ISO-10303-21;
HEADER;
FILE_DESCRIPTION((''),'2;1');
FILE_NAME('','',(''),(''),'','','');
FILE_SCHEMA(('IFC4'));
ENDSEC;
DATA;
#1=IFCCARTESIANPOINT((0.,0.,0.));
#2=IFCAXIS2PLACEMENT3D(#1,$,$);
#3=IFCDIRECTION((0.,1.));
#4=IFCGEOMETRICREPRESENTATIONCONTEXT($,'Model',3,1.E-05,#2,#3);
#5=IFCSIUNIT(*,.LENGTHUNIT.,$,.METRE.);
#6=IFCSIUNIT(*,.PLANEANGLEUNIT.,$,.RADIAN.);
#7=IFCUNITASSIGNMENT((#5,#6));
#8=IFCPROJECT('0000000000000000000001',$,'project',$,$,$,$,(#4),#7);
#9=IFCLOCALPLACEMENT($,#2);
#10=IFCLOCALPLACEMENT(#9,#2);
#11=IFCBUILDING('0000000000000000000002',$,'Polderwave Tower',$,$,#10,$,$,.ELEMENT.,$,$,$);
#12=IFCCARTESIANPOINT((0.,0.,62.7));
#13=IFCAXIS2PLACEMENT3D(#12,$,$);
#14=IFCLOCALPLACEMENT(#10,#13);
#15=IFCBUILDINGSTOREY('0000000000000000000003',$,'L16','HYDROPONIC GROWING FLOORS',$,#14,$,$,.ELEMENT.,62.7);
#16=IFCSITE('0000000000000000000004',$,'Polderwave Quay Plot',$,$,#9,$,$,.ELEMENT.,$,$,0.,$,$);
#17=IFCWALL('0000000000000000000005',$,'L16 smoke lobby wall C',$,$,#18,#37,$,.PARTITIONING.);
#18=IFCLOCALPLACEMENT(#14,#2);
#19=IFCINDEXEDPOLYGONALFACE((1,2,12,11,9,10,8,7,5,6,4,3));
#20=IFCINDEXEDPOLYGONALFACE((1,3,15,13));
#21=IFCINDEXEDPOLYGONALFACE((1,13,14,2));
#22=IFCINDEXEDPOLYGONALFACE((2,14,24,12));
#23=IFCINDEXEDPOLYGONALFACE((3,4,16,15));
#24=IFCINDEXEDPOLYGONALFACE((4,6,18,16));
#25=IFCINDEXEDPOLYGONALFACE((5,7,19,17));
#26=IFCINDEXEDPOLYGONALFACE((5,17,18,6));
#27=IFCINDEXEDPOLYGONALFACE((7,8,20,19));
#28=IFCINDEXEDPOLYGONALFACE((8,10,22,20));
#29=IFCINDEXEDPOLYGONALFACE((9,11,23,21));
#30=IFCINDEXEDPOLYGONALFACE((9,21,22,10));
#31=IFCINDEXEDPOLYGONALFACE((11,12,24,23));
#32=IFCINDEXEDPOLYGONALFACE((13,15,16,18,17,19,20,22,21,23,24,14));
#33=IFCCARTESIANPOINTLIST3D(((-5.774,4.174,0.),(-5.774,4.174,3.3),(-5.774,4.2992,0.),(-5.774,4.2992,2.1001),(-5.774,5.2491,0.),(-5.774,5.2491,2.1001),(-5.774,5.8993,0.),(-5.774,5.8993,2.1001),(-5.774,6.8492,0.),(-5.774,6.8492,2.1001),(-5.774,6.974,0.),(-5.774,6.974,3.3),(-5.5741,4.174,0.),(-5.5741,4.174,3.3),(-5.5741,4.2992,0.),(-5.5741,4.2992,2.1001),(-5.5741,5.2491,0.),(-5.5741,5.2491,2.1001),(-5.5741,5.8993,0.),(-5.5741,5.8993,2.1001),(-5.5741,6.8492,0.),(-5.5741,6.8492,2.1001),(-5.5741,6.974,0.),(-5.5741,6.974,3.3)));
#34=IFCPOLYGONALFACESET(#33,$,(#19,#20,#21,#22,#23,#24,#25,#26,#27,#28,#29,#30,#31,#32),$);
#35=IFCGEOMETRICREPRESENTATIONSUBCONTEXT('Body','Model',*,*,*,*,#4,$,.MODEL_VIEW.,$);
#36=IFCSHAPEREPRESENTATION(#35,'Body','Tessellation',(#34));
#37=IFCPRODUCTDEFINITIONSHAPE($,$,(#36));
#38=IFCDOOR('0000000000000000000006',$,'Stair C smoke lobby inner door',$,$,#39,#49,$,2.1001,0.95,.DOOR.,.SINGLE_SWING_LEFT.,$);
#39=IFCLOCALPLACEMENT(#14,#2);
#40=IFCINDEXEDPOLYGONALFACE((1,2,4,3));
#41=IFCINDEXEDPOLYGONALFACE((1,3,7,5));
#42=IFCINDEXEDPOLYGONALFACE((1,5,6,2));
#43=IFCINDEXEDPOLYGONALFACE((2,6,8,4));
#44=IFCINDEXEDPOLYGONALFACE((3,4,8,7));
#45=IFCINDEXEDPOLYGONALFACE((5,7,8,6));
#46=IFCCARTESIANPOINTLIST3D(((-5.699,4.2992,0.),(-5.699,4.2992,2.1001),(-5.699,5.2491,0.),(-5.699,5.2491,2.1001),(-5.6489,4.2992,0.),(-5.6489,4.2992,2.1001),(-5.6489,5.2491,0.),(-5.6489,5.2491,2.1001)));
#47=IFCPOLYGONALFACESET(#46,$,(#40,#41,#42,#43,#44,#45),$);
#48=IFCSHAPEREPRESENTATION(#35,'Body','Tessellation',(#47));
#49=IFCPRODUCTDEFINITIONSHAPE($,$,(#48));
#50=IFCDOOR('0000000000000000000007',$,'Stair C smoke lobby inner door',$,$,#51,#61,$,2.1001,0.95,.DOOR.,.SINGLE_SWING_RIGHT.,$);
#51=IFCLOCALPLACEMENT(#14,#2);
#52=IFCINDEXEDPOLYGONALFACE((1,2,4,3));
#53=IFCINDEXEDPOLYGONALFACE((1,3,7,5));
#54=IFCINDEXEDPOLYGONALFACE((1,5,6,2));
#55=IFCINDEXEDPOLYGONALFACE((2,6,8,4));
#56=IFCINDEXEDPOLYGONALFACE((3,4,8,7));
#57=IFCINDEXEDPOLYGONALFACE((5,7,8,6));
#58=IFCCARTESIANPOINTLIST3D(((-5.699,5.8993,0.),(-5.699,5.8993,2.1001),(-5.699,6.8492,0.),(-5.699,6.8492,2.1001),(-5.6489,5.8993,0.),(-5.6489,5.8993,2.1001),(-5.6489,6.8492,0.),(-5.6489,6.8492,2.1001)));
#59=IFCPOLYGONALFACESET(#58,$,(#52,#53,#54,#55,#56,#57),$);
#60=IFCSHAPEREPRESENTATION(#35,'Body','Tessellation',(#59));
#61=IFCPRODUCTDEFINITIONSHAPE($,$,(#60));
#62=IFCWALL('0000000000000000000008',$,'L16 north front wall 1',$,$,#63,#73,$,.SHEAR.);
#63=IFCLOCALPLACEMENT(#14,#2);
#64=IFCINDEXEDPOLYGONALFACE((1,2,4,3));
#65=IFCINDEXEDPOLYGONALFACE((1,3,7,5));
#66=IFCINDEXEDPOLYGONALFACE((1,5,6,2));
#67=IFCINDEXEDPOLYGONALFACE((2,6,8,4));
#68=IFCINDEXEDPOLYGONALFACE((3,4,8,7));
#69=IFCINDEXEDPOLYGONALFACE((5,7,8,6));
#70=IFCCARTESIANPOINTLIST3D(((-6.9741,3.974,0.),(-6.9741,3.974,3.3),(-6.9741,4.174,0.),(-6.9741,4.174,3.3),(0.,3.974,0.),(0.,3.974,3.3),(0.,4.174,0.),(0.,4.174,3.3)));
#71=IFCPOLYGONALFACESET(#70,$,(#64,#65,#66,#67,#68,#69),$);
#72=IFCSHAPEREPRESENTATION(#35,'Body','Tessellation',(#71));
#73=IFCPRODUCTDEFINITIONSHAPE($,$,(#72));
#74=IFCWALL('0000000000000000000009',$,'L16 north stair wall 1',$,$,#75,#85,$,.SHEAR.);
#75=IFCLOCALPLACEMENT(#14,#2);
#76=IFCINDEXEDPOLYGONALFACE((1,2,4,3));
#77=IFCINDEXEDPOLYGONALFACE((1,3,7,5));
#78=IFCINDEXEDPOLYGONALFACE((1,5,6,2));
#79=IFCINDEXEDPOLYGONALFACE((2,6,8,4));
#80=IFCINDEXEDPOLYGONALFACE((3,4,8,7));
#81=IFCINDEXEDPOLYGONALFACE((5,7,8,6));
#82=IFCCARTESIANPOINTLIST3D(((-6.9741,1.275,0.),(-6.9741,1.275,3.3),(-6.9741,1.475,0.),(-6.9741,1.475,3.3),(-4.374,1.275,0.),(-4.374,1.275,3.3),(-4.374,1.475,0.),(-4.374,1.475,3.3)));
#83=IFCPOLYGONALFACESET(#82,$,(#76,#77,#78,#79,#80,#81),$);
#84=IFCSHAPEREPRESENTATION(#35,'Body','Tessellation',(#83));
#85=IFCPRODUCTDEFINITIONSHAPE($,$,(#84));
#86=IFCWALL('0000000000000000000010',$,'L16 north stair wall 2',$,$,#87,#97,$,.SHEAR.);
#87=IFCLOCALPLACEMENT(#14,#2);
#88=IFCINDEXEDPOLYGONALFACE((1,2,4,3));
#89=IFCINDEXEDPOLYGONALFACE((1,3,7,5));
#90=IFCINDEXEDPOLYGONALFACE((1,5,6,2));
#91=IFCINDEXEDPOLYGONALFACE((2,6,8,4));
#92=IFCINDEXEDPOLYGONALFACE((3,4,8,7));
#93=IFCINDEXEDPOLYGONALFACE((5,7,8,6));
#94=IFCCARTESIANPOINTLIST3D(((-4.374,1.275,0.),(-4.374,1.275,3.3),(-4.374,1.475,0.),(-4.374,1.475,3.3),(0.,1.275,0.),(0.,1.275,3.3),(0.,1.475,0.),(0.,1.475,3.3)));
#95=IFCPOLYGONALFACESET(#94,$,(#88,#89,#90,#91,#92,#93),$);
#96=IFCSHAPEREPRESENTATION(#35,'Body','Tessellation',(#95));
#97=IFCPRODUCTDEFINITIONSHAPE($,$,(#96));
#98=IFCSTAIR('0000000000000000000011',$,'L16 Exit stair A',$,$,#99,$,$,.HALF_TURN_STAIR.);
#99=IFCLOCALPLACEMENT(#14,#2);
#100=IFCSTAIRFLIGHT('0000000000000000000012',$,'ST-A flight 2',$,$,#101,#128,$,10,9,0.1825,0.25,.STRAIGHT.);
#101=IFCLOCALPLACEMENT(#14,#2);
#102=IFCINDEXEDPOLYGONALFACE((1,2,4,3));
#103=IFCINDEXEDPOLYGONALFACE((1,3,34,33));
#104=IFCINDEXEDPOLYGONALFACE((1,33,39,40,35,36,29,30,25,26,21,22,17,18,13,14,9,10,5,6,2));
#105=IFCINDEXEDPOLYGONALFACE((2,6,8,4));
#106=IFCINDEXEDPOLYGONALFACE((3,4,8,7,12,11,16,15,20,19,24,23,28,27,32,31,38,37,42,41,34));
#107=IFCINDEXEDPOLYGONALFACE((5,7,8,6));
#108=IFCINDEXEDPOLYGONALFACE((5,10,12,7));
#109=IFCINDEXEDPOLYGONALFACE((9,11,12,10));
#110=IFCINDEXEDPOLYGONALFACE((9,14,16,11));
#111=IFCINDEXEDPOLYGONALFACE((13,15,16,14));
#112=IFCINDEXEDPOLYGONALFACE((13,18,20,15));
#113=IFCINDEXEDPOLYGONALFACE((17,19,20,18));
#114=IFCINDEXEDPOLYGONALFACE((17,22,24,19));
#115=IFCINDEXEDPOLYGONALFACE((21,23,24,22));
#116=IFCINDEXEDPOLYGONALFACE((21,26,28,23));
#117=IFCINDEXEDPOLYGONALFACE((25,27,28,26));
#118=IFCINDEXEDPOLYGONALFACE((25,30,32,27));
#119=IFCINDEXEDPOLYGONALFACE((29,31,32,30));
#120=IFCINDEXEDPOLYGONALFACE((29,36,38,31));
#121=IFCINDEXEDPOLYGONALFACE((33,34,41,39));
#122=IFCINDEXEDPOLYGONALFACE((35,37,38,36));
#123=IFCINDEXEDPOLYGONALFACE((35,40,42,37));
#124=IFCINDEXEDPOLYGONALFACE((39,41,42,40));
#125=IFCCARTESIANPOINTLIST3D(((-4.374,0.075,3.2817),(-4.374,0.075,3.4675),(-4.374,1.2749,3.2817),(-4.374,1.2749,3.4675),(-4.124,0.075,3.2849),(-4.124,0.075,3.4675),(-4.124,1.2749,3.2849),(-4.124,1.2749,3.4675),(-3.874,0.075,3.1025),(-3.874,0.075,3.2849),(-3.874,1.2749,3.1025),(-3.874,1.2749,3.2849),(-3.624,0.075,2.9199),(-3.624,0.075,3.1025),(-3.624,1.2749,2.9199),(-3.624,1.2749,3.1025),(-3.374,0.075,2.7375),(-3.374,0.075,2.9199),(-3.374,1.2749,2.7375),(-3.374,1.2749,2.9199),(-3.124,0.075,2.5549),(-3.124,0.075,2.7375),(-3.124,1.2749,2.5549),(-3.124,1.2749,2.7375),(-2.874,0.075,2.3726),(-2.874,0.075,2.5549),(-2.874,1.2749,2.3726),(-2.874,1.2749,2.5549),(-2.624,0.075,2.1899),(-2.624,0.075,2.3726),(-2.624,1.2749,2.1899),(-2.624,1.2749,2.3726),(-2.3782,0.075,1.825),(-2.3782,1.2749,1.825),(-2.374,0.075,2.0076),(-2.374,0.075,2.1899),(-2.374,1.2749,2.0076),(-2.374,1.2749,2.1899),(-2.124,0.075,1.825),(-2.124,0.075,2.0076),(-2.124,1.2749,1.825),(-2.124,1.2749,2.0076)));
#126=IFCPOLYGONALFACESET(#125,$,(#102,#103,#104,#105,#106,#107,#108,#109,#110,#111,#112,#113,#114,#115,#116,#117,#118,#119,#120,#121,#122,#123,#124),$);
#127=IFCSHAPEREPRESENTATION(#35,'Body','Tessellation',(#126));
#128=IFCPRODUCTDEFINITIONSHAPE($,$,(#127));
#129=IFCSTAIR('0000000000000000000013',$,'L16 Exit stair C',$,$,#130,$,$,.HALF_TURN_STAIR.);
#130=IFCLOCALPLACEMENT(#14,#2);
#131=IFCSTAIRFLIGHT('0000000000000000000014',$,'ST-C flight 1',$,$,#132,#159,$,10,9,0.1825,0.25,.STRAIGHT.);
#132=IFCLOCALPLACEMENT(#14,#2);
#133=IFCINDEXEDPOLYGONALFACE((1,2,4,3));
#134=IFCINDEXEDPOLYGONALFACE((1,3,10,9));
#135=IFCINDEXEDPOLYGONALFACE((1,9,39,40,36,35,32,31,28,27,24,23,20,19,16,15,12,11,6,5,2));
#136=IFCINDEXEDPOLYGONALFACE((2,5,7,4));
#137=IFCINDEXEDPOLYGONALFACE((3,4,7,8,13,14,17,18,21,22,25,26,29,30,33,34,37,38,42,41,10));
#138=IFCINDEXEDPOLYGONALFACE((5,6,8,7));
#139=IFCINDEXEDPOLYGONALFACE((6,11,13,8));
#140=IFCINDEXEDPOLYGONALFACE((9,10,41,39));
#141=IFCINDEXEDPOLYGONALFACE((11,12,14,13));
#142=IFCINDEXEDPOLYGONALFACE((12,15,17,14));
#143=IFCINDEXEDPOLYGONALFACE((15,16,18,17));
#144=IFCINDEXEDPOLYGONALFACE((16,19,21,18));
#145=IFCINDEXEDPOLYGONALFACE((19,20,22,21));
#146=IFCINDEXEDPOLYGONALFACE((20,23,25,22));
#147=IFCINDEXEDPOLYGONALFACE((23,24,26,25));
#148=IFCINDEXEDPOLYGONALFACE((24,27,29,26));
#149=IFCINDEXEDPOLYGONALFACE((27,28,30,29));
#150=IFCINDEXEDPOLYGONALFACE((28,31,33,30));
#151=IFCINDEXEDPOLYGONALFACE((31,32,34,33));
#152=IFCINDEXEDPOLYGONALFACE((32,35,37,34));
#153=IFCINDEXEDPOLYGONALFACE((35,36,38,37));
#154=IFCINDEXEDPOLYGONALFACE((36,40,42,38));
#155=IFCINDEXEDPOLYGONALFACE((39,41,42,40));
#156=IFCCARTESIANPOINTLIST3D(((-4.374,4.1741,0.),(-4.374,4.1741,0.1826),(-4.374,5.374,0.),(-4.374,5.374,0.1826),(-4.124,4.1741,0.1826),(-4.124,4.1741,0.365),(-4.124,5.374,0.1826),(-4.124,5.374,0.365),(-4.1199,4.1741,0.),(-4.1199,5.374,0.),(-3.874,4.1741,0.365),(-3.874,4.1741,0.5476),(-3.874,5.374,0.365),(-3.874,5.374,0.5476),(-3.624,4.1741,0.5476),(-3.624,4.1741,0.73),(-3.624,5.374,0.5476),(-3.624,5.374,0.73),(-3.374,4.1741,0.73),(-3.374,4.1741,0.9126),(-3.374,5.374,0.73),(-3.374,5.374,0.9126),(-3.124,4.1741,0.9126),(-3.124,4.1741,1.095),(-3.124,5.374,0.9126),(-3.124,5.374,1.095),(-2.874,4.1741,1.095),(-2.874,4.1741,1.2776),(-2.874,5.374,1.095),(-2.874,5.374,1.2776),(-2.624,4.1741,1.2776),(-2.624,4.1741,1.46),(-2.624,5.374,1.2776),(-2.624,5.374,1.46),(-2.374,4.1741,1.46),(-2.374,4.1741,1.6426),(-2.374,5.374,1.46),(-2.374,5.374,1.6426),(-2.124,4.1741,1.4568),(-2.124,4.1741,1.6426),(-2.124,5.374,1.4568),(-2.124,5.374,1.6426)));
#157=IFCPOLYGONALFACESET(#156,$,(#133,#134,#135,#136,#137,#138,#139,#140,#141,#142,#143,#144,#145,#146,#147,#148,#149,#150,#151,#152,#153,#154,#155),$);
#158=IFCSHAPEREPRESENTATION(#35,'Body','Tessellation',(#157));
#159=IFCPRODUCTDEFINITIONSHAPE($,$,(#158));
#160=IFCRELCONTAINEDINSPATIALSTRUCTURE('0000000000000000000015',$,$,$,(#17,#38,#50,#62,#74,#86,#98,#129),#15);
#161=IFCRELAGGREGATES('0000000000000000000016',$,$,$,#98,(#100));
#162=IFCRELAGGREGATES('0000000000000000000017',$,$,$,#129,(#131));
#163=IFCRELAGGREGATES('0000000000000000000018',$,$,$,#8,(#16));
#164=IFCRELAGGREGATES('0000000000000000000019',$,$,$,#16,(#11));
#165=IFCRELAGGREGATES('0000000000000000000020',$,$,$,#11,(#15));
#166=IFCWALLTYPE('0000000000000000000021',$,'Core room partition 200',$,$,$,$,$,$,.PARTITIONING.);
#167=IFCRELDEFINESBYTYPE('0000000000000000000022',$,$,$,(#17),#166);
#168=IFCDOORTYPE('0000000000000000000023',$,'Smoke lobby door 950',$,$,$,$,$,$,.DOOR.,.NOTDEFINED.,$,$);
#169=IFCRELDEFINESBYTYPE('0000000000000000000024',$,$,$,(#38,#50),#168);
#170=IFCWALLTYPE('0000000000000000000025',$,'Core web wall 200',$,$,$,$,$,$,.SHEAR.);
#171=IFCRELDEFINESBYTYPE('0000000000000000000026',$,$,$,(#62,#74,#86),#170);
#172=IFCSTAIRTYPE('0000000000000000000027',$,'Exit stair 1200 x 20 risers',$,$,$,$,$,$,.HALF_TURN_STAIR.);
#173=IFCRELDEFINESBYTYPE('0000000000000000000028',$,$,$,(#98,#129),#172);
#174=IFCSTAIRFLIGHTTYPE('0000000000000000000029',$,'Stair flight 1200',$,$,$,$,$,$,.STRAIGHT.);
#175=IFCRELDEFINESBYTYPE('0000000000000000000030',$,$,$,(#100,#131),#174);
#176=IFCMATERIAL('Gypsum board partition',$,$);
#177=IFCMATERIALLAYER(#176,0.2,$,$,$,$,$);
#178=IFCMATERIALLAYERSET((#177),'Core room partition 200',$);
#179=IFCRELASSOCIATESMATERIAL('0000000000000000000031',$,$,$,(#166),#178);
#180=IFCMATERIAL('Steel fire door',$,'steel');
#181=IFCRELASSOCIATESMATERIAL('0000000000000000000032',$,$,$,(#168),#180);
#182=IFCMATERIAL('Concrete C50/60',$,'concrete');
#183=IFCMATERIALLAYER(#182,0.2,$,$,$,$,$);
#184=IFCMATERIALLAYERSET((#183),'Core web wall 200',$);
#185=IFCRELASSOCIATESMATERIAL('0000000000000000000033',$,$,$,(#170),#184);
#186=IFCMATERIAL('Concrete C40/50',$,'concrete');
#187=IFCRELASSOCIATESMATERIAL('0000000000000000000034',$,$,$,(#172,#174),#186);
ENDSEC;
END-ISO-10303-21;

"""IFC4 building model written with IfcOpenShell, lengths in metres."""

from ifc_helpers import new_model, si_unit, direction, frame, frame_2d, origin, place, context, subcontext, project, spatial, polyline, rectangle, outline, extrude, material, layer, layer_set, type_object, element, fill, aggregate, save


model = new_model("IFC4")

# Units and contexts
model_context = context("Model", 3, precision=1e-05, world=origin(), true_north=direction((0.0, 1.0)))
body_context = subcontext(model_context, "Body", "Model", "MODEL_VIEW")
ifc_project = project(units=[si_unit("LENGTHUNIT", "METRE"), si_unit("PLANEANGLEUNIT", "RADIAN")], contexts=[model_context])

# Site, building, storey
site_placement = place(None, origin())
site = spatial("IfcSite", under=ifc_project, at=site_placement, Name="Polderwave Quay Plot", CompositionType="ELEMENT", RefElevation=0.0)
building_placement = place(site_placement, origin())
building = spatial("IfcBuilding", under=site, at=building_placement, Name="Polderwave Tower", CompositionType="ELEMENT")
storey_placement = place(building_placement, frame((0.0, 0.0, 62.7)))
storey = spatial("IfcBuildingStorey", under=building, at=storey_placement, Name="L16", Description="HYDROPONIC GROWING FLOORS", CompositionType="ELEMENT", Elevation=62.7)

# Wall, openings, doors
ifc_material_1 = material(Name="Gypsum board partition")
ifc_layer_1 = layer(ifc_material_1, 0.2)
ifc_layer_set_1 = layer_set([ifc_layer_1], Name="Core room partition 200")
wall_type_1 = type_object("IfcWallType", Name="Core room partition 200", PredefinedType="PARTITIONING", material=ifc_layer_set_1)
wall_1_placement = place(storey_placement, frame((-5.6741, 4.1741, 0.0), z_axis=(0.0, 0.0, 1.0), x_axis=(0.0, 1.0, 0.0)))
wall_1 = element("IfcWall", 1, at=wall_1_placement, inside=storey, type_object=wall_type_1, Name="L16 smoke lobby wall C", PredefinedType="PARTITIONING", context=body_context, shape_type="SweptSolid", body=[
    extrude(rectangle(XDim=2.8, YDim=0.2, at=frame_2d((1.3999, 0.0))), origin(), (0.0, 0.0, 1.0), 3.3),
])
opening_1_placement = place(wall_1_placement, frame((0.125, 0.0, 0.0)))
opening_1 = element("IfcOpeningElement", 2, at=opening_1_placement, cuts=wall_1, PredefinedType="OPENING", context=body_context, shape_type="SweptSolid", body=[
    extrude(rectangle(XDim=0.95, YDim=2.1001, at=frame_2d((0.4751, 1.05))), frame((0.0, 0.1099, 0.0), z_axis=(0.0, -1.0, 0.0), x_axis=(1.0, 0.0, 0.0)), (0.0, 0.0, 1.0), 0.22),
])
opening_2_placement = place(wall_1_placement, frame((1.7251, 0.0, 0.0)))
opening_2 = element("IfcOpeningElement", 3, at=opening_2_placement, cuts=wall_1, PredefinedType="OPENING", context=body_context, shape_type="SweptSolid", body=[
    extrude(rectangle(XDim=0.95, YDim=2.1001, at=frame_2d((0.4751, 1.05))), frame((0.0, 0.1099, 0.0), z_axis=(0.0, -1.0, 0.0), x_axis=(1.0, 0.0, 0.0)), (0.0, 0.0, 1.0), 0.22),
])
ifc_material_2 = material(Name="Steel fire door", Category="steel")
door_type = type_object("IfcDoorType", Name="Smoke lobby door 950", OperationType="NOTDEFINED", PredefinedType="DOOR", material=ifc_material_2)
door_1_placement = place(opening_1_placement, origin())
door_1 = element("IfcDoor", 4, at=door_1_placement, inside=storey, type_object=door_type, Name="Stair C smoke lobby inner door", OperationType="SINGLE_SWING_LEFT", OverallHeight=2.1001, OverallWidth=0.95, PredefinedType="DOOR", context=body_context, shape_type="SweptSolid", body=[
    extrude(rectangle(XDim=0.95, YDim=2.1001, at=frame_2d((0.4751, 1.05))), frame((0.0, 0.0249, 0.0), z_axis=(0.0, -1.0, 0.0), x_axis=(1.0, 0.0, 0.0)), (0.0, 0.0, 1.0), 0.05),
])
fill(opening_1, door_1)
door_2_placement = place(opening_2_placement, origin())
door_2 = element("IfcDoor", 5, at=door_2_placement, inside=storey, type_object=door_type, Name="Stair C smoke lobby inner door", OperationType="SINGLE_SWING_RIGHT", OverallHeight=2.1001, OverallWidth=0.95, PredefinedType="DOOR", context=body_context, shape_type="SweptSolid", body=[
    extrude(rectangle(XDim=0.95, YDim=2.1001, at=frame_2d((0.4751, 1.05))), frame((0.0, 0.0249, 0.0), z_axis=(0.0, -1.0, 0.0), x_axis=(1.0, 0.0, 0.0)), (0.0, 0.0, 1.0), 0.05),
])
fill(opening_2, door_2)

# Walls
ifc_material_3 = material(Name="Concrete C50/60", Category="concrete")
ifc_layer_2 = layer(ifc_material_3, 0.2)
ifc_layer_set_2 = layer_set([ifc_layer_2], Name="Core web wall 200")
wall_type_2 = type_object("IfcWallType", Name="Core web wall 200", PredefinedType="SHEAR", material=ifc_layer_set_2)
wall_2_placement = place(storey_placement, frame((-6.9741, 4.074, 0.0), z_axis=(0.0, 0.0, 1.0), x_axis=(1.0, 0.0, 0.0)))
element("IfcWall", 6, at=wall_2_placement, inside=storey, type_object=wall_type_2, Name="L16 north front wall 1", PredefinedType="SHEAR", context=body_context, shape_type="SweptSolid", body=[
    extrude(rectangle(XDim=6.9741, YDim=0.2, at=frame_2d((3.4871, 0.0))), origin(), (0.0, 0.0, 1.0), 3.3),
])
wall_3_placement = place(storey_placement, frame((-6.9741, 1.375, 0.0), z_axis=(0.0, 0.0, 1.0), x_axis=(1.0, 0.0, 0.0)))
element("IfcWall", 7, at=wall_3_placement, inside=storey, type_object=wall_type_2, Name="L16 north stair wall 1", PredefinedType="SHEAR", context=body_context, shape_type="SweptSolid", body=[
    extrude(rectangle(XDim=2.6001, YDim=0.2, at=frame_2d((1.3, 0.0))), origin(), (0.0, 0.0, 1.0), 3.3),
])
wall_4_placement = place(storey_placement, frame((-4.374, 1.375, 0.0), z_axis=(0.0, 0.0, 1.0), x_axis=(1.0, 0.0, 0.0)))
element("IfcWall", 8, at=wall_4_placement, inside=storey, type_object=wall_type_2, Name="L16 north stair wall 2", PredefinedType="SHEAR", context=body_context, shape_type="SweptSolid", body=[
    extrude(rectangle(XDim=4.374, YDim=0.2, at=frame_2d((2.187, 0.0))), origin(), (0.0, 0.0, 1.0), 3.3),
])

# Stairs, stair flights
ifc_material_4 = material(Name="Concrete C40/50", Category="concrete")
stair_type = type_object("IfcStairType", Name="Exit stair 1200 x 20 risers", PredefinedType="HALF_TURN_STAIR", material=ifc_material_4)
stair_1_placement = place(storey_placement, origin())
stair_1 = element("IfcStair", 9, at=stair_1_placement, inside=storey, type_object=stair_type, Name="L16 Exit stair A", PredefinedType="HALF_TURN_STAIR")
stair_flight_type = type_object("IfcStairFlightType", Name="Stair flight 1200", PredefinedType="STRAIGHT", material=ifc_material_4)
stair_flight_1_placement = place(storey_placement, frame((-2.124, 0.675, 1.825), z_axis=(0.0, 0.0, 1.0), x_axis=(-1.0, 0.0, 0.0)))
stair_flight_1 = element("IfcStairFlight", 10, at=stair_flight_1_placement, type_object=stair_flight_type, Name="ST-A flight 2", NumberOfRisers=10, NumberOfTreads=9, PredefinedType="STRAIGHT", RiserHeight=0.1825, TreadLength=0.25, context=body_context, shape_type="SweptSolid", body=[
    extrude(outline(polyline([(0.0, 0.0), (0.0, 0.1826), (0.25, 0.1826), (0.25, 0.365), (0.5, 0.365), (0.5, 0.5476), (0.75, 0.5476), (0.75, 0.73), (1.0, 0.73), (1.0, 0.9126), (1.25, 0.9126), (1.25, 1.095), (1.5, 1.095), (1.5, 1.2776), (1.75, 1.2776), (1.75, 1.46), (2.0, 1.46), (2.0, 1.6426), (2.25, 1.6426), (2.25, 1.825), (2.25, 1.4568), (0.2542, 0.0), (0.0, 0.0)])), frame((0.0, 0.6001, 0.0), z_axis=(0.0, -1.0, 0.0), x_axis=(1.0, 0.0, 0.0)), (0.0, 0.0, 1.0), 1.2),
])
aggregate(stair_1, [stair_flight_1])
stair_2_placement = place(storey_placement, origin())
stair_2 = element("IfcStair", 11, at=stair_2_placement, inside=storey, type_object=stair_type, Name="L16 Exit stair C", PredefinedType="HALF_TURN_STAIR")
stair_flight_2_placement = place(storey_placement, frame((-4.374, 4.7739, 0.0), z_axis=(0.0, 0.0, 1.0), x_axis=(1.0, 0.0, 0.0)))
stair_flight_2 = element("IfcStairFlight", 12, at=stair_flight_2_placement, type_object=stair_flight_type, Name="ST-C flight 1", NumberOfRisers=10, NumberOfTreads=9, PredefinedType="STRAIGHT", RiserHeight=0.1825, TreadLength=0.25, context=body_context, shape_type="SweptSolid", body=[
    extrude(outline(polyline([(0.0, 0.0), (0.0, 0.1826), (0.25, 0.1826), (0.25, 0.365), (0.5, 0.365), (0.5, 0.5476), (0.75, 0.5476), (0.75, 0.73), (1.0, 0.73), (1.0, 0.9126), (1.25, 0.9126), (1.25, 1.095), (1.5, 1.095), (1.5, 1.2776), (1.75, 1.2776), (1.75, 1.46), (2.0, 1.46), (2.0, 1.6426), (2.25, 1.6426), (2.25, 1.825), (2.25, 1.4568), (0.2542, 0.0), (0.0, 0.0)])), frame((0.0, 0.6001, 0.0), z_axis=(0.0, -1.0, 0.0), x_axis=(1.0, 0.0, 0.0)), (0.0, 0.0, 1.0), 1.2),
])
aggregate(stair_2, [stair_flight_2])

save(model, "model.ifc")
